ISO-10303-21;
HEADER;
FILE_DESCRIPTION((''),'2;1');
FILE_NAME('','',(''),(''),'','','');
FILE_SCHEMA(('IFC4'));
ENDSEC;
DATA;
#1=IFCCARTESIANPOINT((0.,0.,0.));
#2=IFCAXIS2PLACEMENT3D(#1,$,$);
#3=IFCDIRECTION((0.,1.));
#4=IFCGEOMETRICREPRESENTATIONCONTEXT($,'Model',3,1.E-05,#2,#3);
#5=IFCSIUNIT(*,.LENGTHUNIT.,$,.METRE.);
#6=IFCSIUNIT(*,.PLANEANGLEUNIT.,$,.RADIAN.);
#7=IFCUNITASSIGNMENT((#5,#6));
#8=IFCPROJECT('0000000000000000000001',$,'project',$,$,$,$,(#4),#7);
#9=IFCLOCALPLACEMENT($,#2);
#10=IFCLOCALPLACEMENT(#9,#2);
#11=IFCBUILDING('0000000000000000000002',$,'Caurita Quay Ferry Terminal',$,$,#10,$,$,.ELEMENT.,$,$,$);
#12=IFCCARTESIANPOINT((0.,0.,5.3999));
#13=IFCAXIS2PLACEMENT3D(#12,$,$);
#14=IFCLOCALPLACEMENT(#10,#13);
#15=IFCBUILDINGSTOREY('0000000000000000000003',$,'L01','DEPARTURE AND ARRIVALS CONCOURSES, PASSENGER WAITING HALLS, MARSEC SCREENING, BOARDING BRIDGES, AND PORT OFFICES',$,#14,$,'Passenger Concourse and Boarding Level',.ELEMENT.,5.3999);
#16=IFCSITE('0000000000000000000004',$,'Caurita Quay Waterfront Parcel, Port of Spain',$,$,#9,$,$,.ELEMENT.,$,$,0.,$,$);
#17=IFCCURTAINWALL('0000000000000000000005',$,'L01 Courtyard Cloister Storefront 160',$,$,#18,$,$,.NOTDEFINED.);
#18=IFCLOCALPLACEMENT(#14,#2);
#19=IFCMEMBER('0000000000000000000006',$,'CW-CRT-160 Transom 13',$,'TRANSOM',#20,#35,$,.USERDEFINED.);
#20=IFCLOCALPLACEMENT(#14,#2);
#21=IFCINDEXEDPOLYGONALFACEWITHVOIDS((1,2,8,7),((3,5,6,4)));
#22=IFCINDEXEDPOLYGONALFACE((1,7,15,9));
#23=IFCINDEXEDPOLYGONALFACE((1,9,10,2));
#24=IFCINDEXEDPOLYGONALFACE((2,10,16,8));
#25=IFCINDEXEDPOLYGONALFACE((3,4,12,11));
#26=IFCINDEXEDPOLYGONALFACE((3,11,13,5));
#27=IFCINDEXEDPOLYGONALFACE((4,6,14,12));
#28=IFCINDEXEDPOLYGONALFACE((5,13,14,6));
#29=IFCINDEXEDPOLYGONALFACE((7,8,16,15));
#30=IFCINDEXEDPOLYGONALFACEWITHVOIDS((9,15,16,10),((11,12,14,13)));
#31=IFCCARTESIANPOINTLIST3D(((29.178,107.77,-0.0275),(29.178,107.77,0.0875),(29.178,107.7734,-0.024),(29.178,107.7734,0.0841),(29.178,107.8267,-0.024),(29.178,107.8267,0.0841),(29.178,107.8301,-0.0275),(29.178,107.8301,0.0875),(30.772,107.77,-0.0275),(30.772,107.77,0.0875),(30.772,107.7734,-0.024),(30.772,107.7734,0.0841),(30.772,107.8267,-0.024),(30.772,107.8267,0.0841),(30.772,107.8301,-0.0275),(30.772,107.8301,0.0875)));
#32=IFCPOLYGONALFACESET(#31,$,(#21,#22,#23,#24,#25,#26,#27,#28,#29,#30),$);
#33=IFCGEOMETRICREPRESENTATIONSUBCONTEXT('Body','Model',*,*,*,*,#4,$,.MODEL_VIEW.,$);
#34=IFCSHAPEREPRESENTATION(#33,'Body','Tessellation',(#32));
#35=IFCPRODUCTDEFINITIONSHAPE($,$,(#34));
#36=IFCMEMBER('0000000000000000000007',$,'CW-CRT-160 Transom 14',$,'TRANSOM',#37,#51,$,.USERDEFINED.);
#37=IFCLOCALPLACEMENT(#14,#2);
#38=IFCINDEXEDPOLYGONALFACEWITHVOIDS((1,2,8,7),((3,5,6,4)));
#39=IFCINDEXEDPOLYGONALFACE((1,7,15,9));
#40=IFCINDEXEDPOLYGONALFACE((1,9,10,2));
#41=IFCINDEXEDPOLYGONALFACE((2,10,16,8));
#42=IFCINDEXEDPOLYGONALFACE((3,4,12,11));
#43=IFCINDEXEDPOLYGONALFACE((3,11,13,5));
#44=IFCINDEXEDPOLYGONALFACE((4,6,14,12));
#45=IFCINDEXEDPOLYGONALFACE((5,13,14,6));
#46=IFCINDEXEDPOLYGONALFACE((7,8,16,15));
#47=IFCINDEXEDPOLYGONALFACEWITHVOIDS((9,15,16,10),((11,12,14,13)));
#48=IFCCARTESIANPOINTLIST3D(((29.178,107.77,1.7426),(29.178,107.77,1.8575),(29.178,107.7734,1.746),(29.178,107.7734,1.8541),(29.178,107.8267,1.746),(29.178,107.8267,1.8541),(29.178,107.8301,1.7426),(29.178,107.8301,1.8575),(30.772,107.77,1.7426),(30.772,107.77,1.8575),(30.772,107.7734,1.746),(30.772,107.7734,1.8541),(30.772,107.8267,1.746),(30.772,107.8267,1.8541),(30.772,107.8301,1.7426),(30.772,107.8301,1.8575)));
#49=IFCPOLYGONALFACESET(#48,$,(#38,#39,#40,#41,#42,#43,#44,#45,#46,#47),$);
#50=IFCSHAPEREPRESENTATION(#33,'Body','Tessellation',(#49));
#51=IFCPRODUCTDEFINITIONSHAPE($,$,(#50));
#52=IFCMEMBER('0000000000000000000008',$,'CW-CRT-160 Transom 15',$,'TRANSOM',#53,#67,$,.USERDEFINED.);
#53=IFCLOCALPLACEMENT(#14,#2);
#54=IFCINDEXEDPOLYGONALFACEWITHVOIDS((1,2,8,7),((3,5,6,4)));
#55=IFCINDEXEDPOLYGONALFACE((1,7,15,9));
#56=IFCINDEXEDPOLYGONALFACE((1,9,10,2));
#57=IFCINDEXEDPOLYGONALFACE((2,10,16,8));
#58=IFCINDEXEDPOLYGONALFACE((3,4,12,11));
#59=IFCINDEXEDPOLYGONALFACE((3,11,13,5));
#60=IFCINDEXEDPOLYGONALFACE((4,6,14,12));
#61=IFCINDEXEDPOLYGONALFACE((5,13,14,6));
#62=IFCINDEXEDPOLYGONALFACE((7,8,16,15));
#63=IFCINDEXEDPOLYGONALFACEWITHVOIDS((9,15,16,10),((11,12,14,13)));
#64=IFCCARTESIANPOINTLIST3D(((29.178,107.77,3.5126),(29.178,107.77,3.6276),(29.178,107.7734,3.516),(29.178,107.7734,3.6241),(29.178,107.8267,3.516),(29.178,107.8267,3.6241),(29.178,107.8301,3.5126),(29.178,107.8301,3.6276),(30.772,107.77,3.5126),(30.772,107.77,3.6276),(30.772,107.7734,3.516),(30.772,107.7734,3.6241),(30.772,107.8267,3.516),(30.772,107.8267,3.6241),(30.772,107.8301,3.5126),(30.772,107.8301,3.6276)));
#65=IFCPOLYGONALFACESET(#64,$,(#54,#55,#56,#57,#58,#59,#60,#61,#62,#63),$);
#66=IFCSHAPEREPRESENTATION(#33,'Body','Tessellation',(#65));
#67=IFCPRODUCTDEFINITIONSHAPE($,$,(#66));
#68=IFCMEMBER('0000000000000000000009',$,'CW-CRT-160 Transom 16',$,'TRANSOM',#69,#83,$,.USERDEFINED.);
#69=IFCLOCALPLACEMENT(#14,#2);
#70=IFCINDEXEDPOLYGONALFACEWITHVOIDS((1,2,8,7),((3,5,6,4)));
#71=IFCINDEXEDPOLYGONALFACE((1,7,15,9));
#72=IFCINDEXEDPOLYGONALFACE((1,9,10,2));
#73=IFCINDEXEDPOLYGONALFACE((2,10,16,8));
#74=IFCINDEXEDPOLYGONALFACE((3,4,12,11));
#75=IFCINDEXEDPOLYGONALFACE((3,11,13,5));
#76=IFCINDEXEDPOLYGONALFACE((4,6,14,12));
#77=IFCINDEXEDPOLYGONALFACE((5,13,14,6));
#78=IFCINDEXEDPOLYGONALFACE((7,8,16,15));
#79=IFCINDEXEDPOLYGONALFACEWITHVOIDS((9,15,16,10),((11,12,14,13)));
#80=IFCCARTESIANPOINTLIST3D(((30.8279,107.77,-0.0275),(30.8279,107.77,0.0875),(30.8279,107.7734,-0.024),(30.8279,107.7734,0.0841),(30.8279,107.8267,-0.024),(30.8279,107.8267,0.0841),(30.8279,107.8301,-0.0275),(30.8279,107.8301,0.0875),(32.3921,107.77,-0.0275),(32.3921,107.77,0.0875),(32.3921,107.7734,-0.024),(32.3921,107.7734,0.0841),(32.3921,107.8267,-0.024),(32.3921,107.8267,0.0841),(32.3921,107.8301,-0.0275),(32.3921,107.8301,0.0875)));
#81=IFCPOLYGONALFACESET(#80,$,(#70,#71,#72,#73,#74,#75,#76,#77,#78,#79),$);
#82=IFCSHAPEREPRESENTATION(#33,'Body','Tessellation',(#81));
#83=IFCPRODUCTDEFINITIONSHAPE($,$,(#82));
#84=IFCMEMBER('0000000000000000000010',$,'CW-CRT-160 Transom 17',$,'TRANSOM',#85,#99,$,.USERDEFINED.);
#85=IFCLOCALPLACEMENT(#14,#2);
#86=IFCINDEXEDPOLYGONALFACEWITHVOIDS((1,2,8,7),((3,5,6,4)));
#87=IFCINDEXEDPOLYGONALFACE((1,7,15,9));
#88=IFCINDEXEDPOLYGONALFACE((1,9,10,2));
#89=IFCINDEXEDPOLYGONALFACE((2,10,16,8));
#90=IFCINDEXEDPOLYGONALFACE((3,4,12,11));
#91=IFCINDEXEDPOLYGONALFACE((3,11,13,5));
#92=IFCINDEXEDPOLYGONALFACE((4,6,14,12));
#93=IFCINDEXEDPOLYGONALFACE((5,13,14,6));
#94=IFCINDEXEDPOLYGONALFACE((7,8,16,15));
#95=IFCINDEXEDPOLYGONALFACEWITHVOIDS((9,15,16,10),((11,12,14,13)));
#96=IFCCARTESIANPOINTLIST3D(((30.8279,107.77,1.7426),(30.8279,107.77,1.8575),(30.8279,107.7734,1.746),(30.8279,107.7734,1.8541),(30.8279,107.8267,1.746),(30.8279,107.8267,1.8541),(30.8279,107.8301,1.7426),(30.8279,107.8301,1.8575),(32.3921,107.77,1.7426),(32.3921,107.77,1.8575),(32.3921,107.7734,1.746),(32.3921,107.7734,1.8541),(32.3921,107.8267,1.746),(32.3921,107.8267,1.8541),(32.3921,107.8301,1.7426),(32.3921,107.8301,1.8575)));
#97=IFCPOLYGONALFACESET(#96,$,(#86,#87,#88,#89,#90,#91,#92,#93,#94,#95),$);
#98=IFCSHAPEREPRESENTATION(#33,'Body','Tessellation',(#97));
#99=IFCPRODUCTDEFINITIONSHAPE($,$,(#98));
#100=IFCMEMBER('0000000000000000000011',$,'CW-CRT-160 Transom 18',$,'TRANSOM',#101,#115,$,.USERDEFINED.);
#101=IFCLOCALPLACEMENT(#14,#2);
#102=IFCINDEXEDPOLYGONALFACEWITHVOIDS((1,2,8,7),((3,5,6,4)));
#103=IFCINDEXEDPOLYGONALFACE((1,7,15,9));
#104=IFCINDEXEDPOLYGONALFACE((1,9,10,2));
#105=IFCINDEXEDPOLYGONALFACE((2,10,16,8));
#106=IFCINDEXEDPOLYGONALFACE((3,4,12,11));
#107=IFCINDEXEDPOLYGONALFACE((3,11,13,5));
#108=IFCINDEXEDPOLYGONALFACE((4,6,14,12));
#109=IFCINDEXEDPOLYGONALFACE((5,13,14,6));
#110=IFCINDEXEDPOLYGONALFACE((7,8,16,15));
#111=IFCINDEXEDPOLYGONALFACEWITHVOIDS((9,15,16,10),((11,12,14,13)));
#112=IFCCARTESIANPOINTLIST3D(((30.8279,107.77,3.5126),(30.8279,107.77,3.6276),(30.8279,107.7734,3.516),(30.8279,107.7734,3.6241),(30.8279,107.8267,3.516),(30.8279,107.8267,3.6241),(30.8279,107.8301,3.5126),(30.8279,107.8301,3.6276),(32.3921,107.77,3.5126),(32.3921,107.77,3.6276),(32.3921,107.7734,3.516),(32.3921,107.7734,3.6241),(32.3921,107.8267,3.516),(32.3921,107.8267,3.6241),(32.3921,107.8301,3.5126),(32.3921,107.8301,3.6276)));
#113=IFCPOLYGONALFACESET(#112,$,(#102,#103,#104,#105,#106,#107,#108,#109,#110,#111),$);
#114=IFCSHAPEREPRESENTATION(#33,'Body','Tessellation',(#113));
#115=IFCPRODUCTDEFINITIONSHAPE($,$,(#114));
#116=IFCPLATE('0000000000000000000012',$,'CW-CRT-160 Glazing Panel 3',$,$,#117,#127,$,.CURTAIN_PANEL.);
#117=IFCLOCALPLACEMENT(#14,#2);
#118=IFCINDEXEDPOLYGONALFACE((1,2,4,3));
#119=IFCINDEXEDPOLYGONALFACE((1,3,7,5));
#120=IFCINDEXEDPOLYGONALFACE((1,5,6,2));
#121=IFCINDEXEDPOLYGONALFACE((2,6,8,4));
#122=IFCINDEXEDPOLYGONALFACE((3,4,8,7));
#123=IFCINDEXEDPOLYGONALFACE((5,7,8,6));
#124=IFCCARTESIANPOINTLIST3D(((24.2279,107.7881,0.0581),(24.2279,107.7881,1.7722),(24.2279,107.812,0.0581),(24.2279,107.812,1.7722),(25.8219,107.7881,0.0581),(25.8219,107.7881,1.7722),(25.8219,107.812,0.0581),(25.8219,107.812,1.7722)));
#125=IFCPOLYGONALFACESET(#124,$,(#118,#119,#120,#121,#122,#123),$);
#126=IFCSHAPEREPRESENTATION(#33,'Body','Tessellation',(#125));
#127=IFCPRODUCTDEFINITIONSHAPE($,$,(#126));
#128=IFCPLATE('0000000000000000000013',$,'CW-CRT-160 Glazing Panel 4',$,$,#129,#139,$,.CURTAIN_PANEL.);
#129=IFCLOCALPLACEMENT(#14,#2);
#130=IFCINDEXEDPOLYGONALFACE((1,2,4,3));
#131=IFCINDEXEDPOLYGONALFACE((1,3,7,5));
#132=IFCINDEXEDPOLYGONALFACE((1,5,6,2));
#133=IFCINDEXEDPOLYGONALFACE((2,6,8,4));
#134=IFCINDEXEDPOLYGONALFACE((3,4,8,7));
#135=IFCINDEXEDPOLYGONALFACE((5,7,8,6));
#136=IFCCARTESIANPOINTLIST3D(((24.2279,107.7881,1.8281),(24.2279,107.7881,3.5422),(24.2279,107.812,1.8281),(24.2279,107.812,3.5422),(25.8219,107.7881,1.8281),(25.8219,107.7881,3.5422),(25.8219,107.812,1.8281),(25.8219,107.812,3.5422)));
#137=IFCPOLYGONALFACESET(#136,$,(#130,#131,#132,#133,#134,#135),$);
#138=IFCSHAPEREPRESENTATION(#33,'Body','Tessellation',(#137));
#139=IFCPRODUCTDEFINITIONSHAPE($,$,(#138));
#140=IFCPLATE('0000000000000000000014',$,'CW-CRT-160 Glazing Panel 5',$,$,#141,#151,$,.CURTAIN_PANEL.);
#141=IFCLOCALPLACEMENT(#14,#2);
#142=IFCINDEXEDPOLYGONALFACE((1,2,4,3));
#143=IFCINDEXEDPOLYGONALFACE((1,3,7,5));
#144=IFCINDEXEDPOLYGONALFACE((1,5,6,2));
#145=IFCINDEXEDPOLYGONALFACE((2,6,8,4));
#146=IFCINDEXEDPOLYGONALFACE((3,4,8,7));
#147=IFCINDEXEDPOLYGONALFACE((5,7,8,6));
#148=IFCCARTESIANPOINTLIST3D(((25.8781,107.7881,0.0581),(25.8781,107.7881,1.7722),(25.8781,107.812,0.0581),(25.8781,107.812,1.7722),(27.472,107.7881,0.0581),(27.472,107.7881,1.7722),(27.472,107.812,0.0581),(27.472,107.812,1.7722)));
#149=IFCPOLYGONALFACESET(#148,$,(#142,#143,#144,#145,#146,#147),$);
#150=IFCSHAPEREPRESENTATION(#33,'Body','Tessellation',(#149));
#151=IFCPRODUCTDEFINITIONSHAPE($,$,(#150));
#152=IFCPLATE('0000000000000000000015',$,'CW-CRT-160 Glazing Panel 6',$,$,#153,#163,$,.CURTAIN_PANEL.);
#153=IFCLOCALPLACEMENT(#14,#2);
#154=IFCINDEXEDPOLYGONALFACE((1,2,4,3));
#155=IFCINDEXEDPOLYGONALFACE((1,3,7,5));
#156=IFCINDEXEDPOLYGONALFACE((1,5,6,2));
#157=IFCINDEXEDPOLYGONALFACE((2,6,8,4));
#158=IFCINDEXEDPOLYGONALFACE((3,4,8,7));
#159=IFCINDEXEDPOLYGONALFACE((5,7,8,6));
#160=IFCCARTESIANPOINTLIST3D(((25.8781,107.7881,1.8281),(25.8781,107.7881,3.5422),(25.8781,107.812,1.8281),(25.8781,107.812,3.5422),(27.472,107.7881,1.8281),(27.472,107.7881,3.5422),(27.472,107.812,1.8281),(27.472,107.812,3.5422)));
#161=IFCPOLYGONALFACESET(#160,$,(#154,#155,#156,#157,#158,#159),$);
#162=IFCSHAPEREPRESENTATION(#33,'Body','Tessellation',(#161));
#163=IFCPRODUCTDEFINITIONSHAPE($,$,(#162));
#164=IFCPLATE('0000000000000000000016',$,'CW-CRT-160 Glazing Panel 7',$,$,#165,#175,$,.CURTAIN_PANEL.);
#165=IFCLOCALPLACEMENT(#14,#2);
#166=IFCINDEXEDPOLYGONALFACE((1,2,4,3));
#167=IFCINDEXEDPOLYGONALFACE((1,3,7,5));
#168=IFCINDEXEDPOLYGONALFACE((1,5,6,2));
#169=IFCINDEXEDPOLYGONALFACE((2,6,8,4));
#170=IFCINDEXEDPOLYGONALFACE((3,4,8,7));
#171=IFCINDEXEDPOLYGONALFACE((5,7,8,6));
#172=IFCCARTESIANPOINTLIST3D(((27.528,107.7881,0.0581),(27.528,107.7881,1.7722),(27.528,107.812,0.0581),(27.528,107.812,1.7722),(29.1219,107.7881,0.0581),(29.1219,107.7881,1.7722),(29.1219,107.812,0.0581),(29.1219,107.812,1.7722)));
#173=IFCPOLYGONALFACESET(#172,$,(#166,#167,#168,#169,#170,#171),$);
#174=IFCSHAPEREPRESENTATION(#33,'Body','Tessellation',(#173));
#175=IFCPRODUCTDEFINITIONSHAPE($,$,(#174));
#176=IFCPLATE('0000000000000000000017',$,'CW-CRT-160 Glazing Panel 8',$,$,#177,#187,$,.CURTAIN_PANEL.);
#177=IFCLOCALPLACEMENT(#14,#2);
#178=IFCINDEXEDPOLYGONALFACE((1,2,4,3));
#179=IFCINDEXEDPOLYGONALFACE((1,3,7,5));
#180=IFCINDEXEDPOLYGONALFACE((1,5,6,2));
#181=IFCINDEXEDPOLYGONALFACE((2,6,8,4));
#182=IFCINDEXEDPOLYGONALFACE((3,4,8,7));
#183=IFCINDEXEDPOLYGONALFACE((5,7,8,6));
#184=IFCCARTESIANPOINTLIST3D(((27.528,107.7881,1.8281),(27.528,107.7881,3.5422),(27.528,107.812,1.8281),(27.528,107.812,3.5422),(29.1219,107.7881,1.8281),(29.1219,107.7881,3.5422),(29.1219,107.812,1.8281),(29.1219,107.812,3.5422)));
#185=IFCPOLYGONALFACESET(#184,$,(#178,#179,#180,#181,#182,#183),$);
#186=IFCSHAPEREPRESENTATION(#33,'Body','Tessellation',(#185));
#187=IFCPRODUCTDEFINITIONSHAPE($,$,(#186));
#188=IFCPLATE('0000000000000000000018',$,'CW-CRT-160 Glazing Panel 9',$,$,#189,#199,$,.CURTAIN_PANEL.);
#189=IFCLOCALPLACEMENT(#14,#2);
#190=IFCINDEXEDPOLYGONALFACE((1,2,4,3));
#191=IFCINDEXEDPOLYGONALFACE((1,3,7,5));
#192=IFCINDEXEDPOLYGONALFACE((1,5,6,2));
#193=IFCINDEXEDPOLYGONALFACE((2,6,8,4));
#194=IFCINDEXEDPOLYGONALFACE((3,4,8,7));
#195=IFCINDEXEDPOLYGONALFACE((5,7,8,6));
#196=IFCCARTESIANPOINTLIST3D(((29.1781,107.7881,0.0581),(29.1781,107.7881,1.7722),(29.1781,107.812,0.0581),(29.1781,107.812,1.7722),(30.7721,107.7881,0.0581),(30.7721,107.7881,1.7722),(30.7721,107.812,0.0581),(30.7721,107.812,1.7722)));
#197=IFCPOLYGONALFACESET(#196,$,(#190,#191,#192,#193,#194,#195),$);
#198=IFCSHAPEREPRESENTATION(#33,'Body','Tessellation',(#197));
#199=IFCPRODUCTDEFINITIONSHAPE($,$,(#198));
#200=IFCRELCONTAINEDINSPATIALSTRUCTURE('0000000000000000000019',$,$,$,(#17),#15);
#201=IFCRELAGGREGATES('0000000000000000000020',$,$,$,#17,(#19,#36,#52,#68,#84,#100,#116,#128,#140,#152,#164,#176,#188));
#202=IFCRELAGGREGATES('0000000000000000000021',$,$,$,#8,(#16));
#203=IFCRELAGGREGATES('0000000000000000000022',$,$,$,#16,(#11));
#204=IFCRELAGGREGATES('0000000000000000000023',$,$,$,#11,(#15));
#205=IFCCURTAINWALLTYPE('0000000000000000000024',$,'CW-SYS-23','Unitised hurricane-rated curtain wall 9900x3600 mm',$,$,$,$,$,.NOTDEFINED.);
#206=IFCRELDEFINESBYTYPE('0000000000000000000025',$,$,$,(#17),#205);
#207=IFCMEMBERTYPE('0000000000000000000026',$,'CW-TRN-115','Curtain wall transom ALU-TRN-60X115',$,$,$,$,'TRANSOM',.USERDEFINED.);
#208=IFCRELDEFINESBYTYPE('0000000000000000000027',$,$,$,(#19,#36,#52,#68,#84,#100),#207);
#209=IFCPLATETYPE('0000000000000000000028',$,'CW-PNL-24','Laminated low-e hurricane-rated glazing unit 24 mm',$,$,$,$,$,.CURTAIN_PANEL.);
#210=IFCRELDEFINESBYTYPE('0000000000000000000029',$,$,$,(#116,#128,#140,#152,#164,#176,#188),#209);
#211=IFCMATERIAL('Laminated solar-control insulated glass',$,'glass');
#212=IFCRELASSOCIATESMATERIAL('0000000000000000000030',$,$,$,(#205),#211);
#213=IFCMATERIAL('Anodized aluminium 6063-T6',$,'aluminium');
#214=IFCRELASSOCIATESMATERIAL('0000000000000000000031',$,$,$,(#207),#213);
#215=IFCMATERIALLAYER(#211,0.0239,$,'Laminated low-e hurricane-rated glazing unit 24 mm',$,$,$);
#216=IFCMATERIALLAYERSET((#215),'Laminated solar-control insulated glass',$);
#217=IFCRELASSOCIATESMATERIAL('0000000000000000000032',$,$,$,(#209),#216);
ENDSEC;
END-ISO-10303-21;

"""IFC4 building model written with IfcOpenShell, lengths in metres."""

from ifc_helpers import new_model, si_unit, direction, frame, origin, origin_2d, place, context, subcontext, project, spatial, rectangle, hollow_rectangle, extrude, material, layer, layer_set, material_profile, profile_set, type_object, element, aggregate, save


model = new_model("IFC4")

# Units and contexts
model_context = context("Model", 3, precision=1e-05, world=origin(), true_north=direction((0.0, 1.0)))
body_context = subcontext(model_context, "Body", "Model", "MODEL_VIEW")
ifc_project = project(units=[si_unit("LENGTHUNIT", "METRE"), si_unit("PLANEANGLEUNIT", "RADIAN")], contexts=[model_context])

# Site, building, storey
site_placement = place(None, origin())
site = spatial("IfcSite", under=ifc_project, at=site_placement, Name="Caurita Quay Waterfront Parcel, Port of Spain", CompositionType="ELEMENT", RefElevation=0.0)
building_placement = place(site_placement, origin())
building = spatial("IfcBuilding", under=site, at=building_placement, Name="Caurita Quay Ferry Terminal", CompositionType="ELEMENT")
storey_placement = place(building_placement, frame((0.0, 0.0, 5.3999)))
storey = spatial("IfcBuildingStorey", under=building, at=storey_placement, Name="L01", Description="DEPARTURE AND ARRIVALS CONCOURSES, PASSENGER WAITING HALLS, MARSEC SCREENING, BOARDING BRIDGES, AND PORT OFFICES", LongName="Passenger Concourse and Boarding Level", CompositionType="ELEMENT", Elevation=5.3999)

# Curtain wall, members, plates
ifc_material_1 = material(Name="Laminated solar-control insulated glass", Category="glass")
curtain_wall_type = type_object("IfcCurtainWallType", Name="CW-SYS-23", Description="Unitised hurricane-rated curtain wall 9900x3600 mm", PredefinedType="NOTDEFINED", material=ifc_material_1)
curtain_wall_placement = place(storey_placement, origin())
curtain_wall = element("IfcCurtainWall", 1, at=curtain_wall_placement, inside=storey, type_object=curtain_wall_type, Name="L01 Courtyard Cloister Storefront 160", PredefinedType="NOTDEFINED")
ifc_material_2 = material(Name="Anodized aluminium 6063-T6", Category="aluminium")
ifc_material_profile_1 = material_profile(ifc_material_2, hollow_rectangle(XDim=0.0601, YDim=0.115, WallThickness=0.0034, at=origin_2d()), Name="ALU-TRN-60X115")
ifc_profile_set_1 = profile_set([ifc_material_profile_1], Name="Anodized aluminium 6063-T6")
member_type_1 = type_object("IfcMemberType", Name="CW-TRN-115", Description="Curtain wall transom ALU-TRN-60X115", ElementType="TRANSOM", PredefinedType="USERDEFINED", material=ifc_profile_set_1)
member_1_placement = place(storey_placement, frame((29.178, 107.8, 0.03), z_axis=(1.0, 0.0, 0.0), x_axis=(0.0, 1.0, 0.0)))
member_1 = element("IfcMember", 2, at=member_1_placement, type_object=member_type_1, Name="CW-CRT-160 Transom 13", ObjectType="TRANSOM", PredefinedType="USERDEFINED", context=body_context, shape_type="SweptSolid", body=[
    extrude(hollow_rectangle(XDim=0.0601, YDim=0.115, WallThickness=0.0034, at=origin_2d()), origin(), (0.0, 0.0, 1.0), 1.594),
])
member_2_placement = place(storey_placement, frame((29.178, 107.8, 1.8), z_axis=(1.0, 0.0, 0.0), x_axis=(0.0, 1.0, 0.0)))
member_2 = element("IfcMember", 3, at=member_2_placement, type_object=member_type_1, Name="CW-CRT-160 Transom 14", ObjectType="TRANSOM", PredefinedType="USERDEFINED", context=body_context, shape_type="SweptSolid", body=[
    extrude(hollow_rectangle(XDim=0.0601, YDim=0.115, WallThickness=0.0034, at=origin_2d()), origin(), (0.0, 0.0, 1.0), 1.594),
])
member_3_placement = place(storey_placement, frame((29.178, 107.8, 3.5701), z_axis=(1.0, 0.0, 0.0), x_axis=(0.0, 1.0, 0.0)))
member_3 = element("IfcMember", 4, at=member_3_placement, type_object=member_type_1, Name="CW-CRT-160 Transom 15", ObjectType="TRANSOM", PredefinedType="USERDEFINED", context=body_context, shape_type="SweptSolid", body=[
    extrude(hollow_rectangle(XDim=0.0601, YDim=0.115, WallThickness=0.0034, at=origin_2d()), origin(), (0.0, 0.0, 1.0), 1.594),
])
member_4_placement = place(storey_placement, frame((30.8279, 107.8, 0.03), z_axis=(1.0, 0.0, 0.0), x_axis=(0.0, 1.0, 0.0)))
member_4 = element("IfcMember", 5, at=member_4_placement, type_object=member_type_1, Name="CW-CRT-160 Transom 16", ObjectType="TRANSOM", PredefinedType="USERDEFINED", context=body_context, shape_type="SweptSolid", body=[
    extrude(hollow_rectangle(XDim=0.0601, YDim=0.115, WallThickness=0.0034, at=origin_2d()), origin(), (0.0, 0.0, 1.0), 1.5642),
])
member_5_placement = place(storey_placement, frame((30.8279, 107.8, 1.8), z_axis=(1.0, 0.0, 0.0), x_axis=(0.0, 1.0, 0.0)))
member_5 = element("IfcMember", 6, at=member_5_placement, type_object=member_type_1, Name="CW-CRT-160 Transom 17", ObjectType="TRANSOM", PredefinedType="USERDEFINED", context=body_context, shape_type="SweptSolid", body=[
    extrude(hollow_rectangle(XDim=0.0601, YDim=0.115, WallThickness=0.0034, at=origin_2d()), origin(), (0.0, 0.0, 1.0), 1.5642),
])
member_6_placement = place(storey_placement, frame((30.8279, 107.8, 3.5701), z_axis=(1.0, 0.0, 0.0), x_axis=(0.0, 1.0, 0.0)))
member_6 = element("IfcMember", 7, at=member_6_placement, type_object=member_type_1, Name="CW-CRT-160 Transom 18", ObjectType="TRANSOM", PredefinedType="USERDEFINED", context=body_context, shape_type="SweptSolid", body=[
    extrude(hollow_rectangle(XDim=0.0601, YDim=0.115, WallThickness=0.0034, at=origin_2d()), origin(), (0.0, 0.0, 1.0), 1.5642),
])
ifc_layer = layer(ifc_material_1, 0.0239, Name="Laminated low-e hurricane-rated glazing unit 24 mm")
ifc_layer_set = layer_set([ifc_layer], Name="Laminated solar-control insulated glass")
plate_type = type_object("IfcPlateType", Name="CW-PNL-24", Description="Laminated low-e hurricane-rated glazing unit 24 mm", PredefinedType="CURTAIN_PANEL", material=ifc_layer_set)
plate_1_placement = place(storey_placement, frame((25.0249, 107.8, 0.0581), z_axis=(0.0, 0.0, 1.0), x_axis=(1.0, 0.0, 0.0)))
plate_1 = element("IfcPlate", 8, at=plate_1_placement, type_object=plate_type, Name="CW-CRT-160 Glazing Panel 3", PredefinedType="CURTAIN_PANEL", context=body_context, shape_type="SweptSolid", body=[
    extrude(rectangle(XDim=1.594, YDim=0.0239, at=origin_2d()), origin(), (0.0, 0.0, 1.0), 1.7141),
])
plate_2_placement = place(storey_placement, frame((25.0249, 107.8, 1.8281), z_axis=(0.0, 0.0, 1.0), x_axis=(1.0, 0.0, 0.0)))
plate_2 = element("IfcPlate", 9, at=plate_2_placement, type_object=plate_type, Name="CW-CRT-160 Glazing Panel 4", PredefinedType="CURTAIN_PANEL", context=body_context, shape_type="SweptSolid", body=[
    extrude(rectangle(XDim=1.594, YDim=0.0239, at=origin_2d()), origin(), (0.0, 0.0, 1.0), 1.7141),
])
plate_3_placement = place(storey_placement, frame((26.675, 107.8, 0.0581), z_axis=(0.0, 0.0, 1.0), x_axis=(1.0, 0.0, 0.0)))
plate_3 = element("IfcPlate", 10, at=plate_3_placement, type_object=plate_type, Name="CW-CRT-160 Glazing Panel 5", PredefinedType="CURTAIN_PANEL", context=body_context, shape_type="SweptSolid", body=[
    extrude(rectangle(XDim=1.594, YDim=0.0239, at=origin_2d()), origin(), (0.0, 0.0, 1.0), 1.7141),
])
plate_4_placement = place(storey_placement, frame((26.675, 107.8, 1.8281), z_axis=(0.0, 0.0, 1.0), x_axis=(1.0, 0.0, 0.0)))
plate_4 = element("IfcPlate", 11, at=plate_4_placement, type_object=plate_type, Name="CW-CRT-160 Glazing Panel 6", PredefinedType="CURTAIN_PANEL", context=body_context, shape_type="SweptSolid", body=[
    extrude(rectangle(XDim=1.594, YDim=0.0239, at=origin_2d()), origin(), (0.0, 0.0, 1.0), 1.7141),
])
plate_5_placement = place(storey_placement, frame((28.325, 107.8, 0.0581), z_axis=(0.0, 0.0, 1.0), x_axis=(1.0, 0.0, 0.0)))
plate_5 = element("IfcPlate", 12, at=plate_5_placement, type_object=plate_type, Name="CW-CRT-160 Glazing Panel 7", PredefinedType="CURTAIN_PANEL", context=body_context, shape_type="SweptSolid", body=[
    extrude(rectangle(XDim=1.594, YDim=0.0239, at=origin_2d()), origin(), (0.0, 0.0, 1.0), 1.7141),
])
plate_6_placement = place(storey_placement, frame((28.325, 107.8, 1.8281), z_axis=(0.0, 0.0, 1.0), x_axis=(1.0, 0.0, 0.0)))
plate_6 = element("IfcPlate", 13, at=plate_6_placement, type_object=plate_type, Name="CW-CRT-160 Glazing Panel 8", PredefinedType="CURTAIN_PANEL", context=body_context, shape_type="SweptSolid", body=[
    extrude(rectangle(XDim=1.594, YDim=0.0239, at=origin_2d()), origin(), (0.0, 0.0, 1.0), 1.7141),
])
plate_7_placement = place(storey_placement, frame((29.9751, 107.8, 0.0581), z_axis=(0.0, 0.0, 1.0), x_axis=(1.0, 0.0, 0.0)))
plate_7 = element("IfcPlate", 14, at=plate_7_placement, type_object=plate_type, Name="CW-CRT-160 Glazing Panel 9", PredefinedType="CURTAIN_PANEL", context=body_context, shape_type="SweptSolid", body=[
    extrude(rectangle(XDim=1.594, YDim=0.0239, at=origin_2d()), origin(), (0.0, 0.0, 1.0), 1.7141),
])
aggregate(curtain_wall, [member_1, member_2, member_3, member_4, member_5, member_6, plate_1, plate_2, plate_3, plate_4, plate_5, plate_6, plate_7])

save(model, "model.ifc")
